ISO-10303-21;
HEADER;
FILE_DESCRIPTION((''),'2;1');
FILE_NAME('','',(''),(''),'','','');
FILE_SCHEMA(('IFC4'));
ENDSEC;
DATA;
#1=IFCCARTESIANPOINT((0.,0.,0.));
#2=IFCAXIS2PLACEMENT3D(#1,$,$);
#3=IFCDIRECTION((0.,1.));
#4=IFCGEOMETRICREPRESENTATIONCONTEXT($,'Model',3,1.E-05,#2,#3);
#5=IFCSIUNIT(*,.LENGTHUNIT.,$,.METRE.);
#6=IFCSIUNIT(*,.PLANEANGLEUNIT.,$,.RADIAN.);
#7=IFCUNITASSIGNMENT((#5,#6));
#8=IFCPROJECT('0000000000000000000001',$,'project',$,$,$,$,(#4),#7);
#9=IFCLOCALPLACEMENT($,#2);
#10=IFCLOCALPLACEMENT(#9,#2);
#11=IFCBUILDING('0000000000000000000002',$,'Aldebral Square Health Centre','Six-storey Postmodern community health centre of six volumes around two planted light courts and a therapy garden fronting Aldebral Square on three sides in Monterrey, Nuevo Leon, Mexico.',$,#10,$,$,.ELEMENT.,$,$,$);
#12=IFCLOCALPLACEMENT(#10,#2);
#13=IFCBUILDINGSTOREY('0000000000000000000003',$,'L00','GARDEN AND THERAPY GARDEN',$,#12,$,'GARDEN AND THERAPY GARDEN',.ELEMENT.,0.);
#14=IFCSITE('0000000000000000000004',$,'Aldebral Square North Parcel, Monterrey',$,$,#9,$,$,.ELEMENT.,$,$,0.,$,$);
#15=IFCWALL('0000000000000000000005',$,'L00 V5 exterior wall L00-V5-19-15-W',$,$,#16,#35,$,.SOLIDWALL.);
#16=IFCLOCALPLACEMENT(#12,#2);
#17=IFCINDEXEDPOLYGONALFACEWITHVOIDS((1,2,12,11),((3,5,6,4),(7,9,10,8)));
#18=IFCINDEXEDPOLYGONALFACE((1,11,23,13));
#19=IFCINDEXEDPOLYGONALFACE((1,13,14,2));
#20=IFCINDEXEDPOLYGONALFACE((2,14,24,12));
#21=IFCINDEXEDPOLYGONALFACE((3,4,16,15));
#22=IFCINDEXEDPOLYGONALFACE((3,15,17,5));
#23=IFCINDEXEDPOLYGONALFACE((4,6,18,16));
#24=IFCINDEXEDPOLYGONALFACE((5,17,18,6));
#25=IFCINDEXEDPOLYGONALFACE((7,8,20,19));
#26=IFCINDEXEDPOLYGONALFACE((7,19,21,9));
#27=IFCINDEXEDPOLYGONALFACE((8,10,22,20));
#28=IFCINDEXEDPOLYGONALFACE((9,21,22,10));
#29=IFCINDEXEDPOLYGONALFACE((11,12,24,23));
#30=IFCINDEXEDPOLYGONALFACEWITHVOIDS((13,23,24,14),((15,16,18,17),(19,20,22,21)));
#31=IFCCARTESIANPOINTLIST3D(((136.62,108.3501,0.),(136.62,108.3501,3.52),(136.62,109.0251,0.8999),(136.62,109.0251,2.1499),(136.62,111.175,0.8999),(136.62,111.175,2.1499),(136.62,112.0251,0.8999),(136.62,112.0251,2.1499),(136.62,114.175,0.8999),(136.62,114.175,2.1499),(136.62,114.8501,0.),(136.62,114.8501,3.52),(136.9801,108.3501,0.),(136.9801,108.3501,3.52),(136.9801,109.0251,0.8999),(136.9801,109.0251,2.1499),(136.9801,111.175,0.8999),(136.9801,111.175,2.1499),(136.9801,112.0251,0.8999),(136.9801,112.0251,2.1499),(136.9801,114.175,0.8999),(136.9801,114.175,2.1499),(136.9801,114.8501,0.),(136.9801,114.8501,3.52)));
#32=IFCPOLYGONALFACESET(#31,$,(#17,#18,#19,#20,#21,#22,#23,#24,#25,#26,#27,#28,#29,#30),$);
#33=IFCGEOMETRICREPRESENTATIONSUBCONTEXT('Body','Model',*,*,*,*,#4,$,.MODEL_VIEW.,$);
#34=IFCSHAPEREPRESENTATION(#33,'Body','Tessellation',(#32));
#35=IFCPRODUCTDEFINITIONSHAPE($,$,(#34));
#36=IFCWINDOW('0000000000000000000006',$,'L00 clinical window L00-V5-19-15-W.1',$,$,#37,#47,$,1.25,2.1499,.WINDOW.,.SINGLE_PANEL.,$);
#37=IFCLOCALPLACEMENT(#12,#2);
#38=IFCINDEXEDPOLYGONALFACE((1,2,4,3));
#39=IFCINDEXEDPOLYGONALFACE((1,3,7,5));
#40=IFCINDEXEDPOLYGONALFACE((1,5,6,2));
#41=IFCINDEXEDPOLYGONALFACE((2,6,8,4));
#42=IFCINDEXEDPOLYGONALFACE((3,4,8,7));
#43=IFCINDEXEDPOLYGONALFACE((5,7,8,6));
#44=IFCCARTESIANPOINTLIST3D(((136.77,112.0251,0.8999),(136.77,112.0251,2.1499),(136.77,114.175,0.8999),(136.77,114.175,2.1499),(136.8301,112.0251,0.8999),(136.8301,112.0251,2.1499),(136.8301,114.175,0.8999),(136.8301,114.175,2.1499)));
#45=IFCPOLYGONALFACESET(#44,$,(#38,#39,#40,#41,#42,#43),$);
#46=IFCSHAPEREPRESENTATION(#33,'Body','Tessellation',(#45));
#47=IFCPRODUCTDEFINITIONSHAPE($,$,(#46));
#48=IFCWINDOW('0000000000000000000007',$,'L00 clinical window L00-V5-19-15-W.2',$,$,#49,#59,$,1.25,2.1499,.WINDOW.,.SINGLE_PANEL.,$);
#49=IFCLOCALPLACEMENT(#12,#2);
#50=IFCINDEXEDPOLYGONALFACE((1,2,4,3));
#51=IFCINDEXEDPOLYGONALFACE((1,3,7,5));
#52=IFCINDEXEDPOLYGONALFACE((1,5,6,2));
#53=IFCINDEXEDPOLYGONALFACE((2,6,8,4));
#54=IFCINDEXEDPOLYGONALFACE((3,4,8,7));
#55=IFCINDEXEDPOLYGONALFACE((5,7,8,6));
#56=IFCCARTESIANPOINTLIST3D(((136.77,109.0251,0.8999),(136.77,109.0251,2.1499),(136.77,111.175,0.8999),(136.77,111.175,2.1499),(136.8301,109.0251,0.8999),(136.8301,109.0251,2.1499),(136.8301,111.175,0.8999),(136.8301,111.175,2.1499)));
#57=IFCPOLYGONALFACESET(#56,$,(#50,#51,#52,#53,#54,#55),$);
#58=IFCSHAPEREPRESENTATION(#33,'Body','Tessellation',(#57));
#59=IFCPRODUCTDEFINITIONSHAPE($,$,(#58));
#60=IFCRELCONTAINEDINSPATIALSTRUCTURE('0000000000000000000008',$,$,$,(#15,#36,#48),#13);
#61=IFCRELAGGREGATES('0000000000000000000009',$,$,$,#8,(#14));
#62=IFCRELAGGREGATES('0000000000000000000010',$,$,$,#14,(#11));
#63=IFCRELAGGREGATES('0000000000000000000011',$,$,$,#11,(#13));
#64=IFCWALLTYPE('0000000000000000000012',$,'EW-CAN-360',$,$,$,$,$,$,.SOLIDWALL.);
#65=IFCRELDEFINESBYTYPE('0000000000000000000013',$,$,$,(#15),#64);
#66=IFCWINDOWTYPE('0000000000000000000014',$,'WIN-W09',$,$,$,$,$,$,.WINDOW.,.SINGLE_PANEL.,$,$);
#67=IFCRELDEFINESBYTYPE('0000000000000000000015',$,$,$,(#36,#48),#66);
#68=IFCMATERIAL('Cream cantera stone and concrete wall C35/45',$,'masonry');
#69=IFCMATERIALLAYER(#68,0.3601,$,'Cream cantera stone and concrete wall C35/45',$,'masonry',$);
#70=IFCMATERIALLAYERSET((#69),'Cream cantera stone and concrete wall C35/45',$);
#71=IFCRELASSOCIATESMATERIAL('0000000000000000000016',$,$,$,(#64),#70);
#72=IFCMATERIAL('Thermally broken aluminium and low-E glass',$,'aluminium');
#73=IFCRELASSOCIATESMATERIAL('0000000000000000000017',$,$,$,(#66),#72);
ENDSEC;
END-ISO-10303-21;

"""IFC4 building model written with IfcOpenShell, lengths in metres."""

from ifc_helpers import new_model, si_unit, direction, frame, frame_2d, origin, place, context, subcontext, project, spatial, rectangle, extrude, material, layer, layer_set, type_object, element, fill, save


model = new_model("IFC4")

# Units and contexts
model_context = context("Model", 3, precision=1e-05, world=origin(), true_north=direction((0.0, 1.0)))
body_context = subcontext(model_context, "Body", "Model", "MODEL_VIEW")
ifc_project = project(units=[si_unit("LENGTHUNIT", "METRE"), si_unit("PLANEANGLEUNIT", "RADIAN")], contexts=[model_context])

# Site, building, storey
site_placement = place(None, origin())
site = spatial("IfcSite", under=ifc_project, at=site_placement, Name="Aldebral Square North Parcel, Monterrey", CompositionType="ELEMENT", RefElevation=0.0)
building_placement = place(site_placement, origin())
building = spatial("IfcBuilding", under=site, at=building_placement, Name="Aldebral Square Health Centre", Description="Six-storey Postmodern community health centre of six volumes around two planted light courts and a therapy garden fronting Aldebral Square on three sides in Monterrey, Nuevo Leon, Mexico.", CompositionType="ELEMENT")
storey_placement = place(building_placement, origin())
storey = spatial("IfcBuildingStorey", under=building, at=storey_placement, Name="L00", Description="GARDEN AND THERAPY GARDEN", LongName="GARDEN AND THERAPY GARDEN", CompositionType="ELEMENT", Elevation=0.0)

# Wall, openings, windows
ifc_material_1 = material(Name="Cream cantera stone and concrete wall C35/45", Category="masonry")
ifc_layer_1 = layer(ifc_material_1, 0.3601, Name="Cream cantera stone and concrete wall C35/45", Category="masonry")
ifc_layer_set_1 = layer_set([ifc_layer_1], Name="Cream cantera stone and concrete wall C35/45")
wall_type = type_object("IfcWallType", Name="EW-CAN-360", PredefinedType="SOLIDWALL", material=ifc_layer_set_1)
wall_placement = place(storey_placement, frame((136.8, 114.8501, 0.0), z_axis=(0.0, 0.0, 1.0), x_axis=(0.0, -1.0, 0.0)))
wall = element("IfcWall", 1, at=wall_placement, inside=storey, type_object=wall_type, Name="L00 V5 exterior wall L00-V5-19-15-W", PredefinedType="SOLIDWALL", context=body_context, shape_type="SweptSolid", body=[
    extrude(rectangle(XDim=6.5, YDim=0.3601, at=frame_2d((3.25, 0.0))), origin(), (0.0, 0.0, 1.0), 3.52),
])
opening_1_placement = place(wall_placement, frame((0.675, 0.0, 0.8999)))
opening_1 = element("IfcOpeningElement", 2, at=opening_1_placement, cuts=wall, PredefinedType="OPENING", context=body_context, shape_type="SweptSolid", body=[
    extrude(rectangle(XDim=2.1499, YDim=1.25, at=frame_2d((1.075, 0.625))), frame((0.0, 0.1899, 0.0), z_axis=(0.0, -1.0, 0.0), x_axis=(1.0, 0.0, 0.0)), (0.0, 0.0, 1.0), 0.3801),
])
opening_2_placement = place(wall_placement, frame((3.675, 0.0, 0.8999)))
opening_2 = element("IfcOpeningElement", 3, at=opening_2_placement, cuts=wall, PredefinedType="OPENING", context=body_context, shape_type="SweptSolid", body=[
    extrude(rectangle(XDim=2.1499, YDim=1.25, at=frame_2d((1.075, 0.625))), frame((0.0, 0.1899, 0.0), z_axis=(0.0, -1.0, 0.0), x_axis=(1.0, 0.0, 0.0)), (0.0, 0.0, 1.0), 0.3801),
])
ifc_material_2 = material(Name="Thermally broken aluminium and low-E glass", Category="aluminium")
window_type = type_object("IfcWindowType", Name="WIN-W09", PartitioningType="SINGLE_PANEL", PredefinedType="WINDOW", material=ifc_material_2)
window_1_placement = place(opening_1_placement, origin())
window_1 = element("IfcWindow", 4, at=window_1_placement, inside=storey, type_object=window_type, Name="L00 clinical window L00-V5-19-15-W.1", OverallHeight=1.25, OverallWidth=2.1499, PartitioningType="SINGLE_PANEL", PredefinedType="WINDOW", context=body_context, shape_type="SweptSolid", body=[
    extrude(rectangle(XDim=2.1499, YDim=1.25, at=frame_2d((1.075, 0.625))), frame((0.0, 0.03, 0.0), z_axis=(0.0, -1.0, 0.0), x_axis=(1.0, 0.0, 0.0)), (0.0, 0.0, 1.0), 0.0601),
])
fill(opening_1, window_1)
window_2_placement = place(opening_2_placement, origin())
window_2 = element("IfcWindow", 5, at=window_2_placement, inside=storey, type_object=window_type, Name="L00 clinical window L00-V5-19-15-W.2", OverallHeight=1.25, OverallWidth=2.1499, PartitioningType="SINGLE_PANEL", PredefinedType="WINDOW", context=body_context, shape_type="SweptSolid", body=[
    extrude(rectangle(XDim=2.1499, YDim=1.25, at=frame_2d((1.075, 0.625))), frame((0.0, 0.03, 0.0), z_axis=(0.0, -1.0, 0.0), x_axis=(1.0, 0.0, 0.0)), (0.0, 0.0, 1.0), 0.0601),
])
fill(opening_2, window_2)

save(model, "model.ifc")
